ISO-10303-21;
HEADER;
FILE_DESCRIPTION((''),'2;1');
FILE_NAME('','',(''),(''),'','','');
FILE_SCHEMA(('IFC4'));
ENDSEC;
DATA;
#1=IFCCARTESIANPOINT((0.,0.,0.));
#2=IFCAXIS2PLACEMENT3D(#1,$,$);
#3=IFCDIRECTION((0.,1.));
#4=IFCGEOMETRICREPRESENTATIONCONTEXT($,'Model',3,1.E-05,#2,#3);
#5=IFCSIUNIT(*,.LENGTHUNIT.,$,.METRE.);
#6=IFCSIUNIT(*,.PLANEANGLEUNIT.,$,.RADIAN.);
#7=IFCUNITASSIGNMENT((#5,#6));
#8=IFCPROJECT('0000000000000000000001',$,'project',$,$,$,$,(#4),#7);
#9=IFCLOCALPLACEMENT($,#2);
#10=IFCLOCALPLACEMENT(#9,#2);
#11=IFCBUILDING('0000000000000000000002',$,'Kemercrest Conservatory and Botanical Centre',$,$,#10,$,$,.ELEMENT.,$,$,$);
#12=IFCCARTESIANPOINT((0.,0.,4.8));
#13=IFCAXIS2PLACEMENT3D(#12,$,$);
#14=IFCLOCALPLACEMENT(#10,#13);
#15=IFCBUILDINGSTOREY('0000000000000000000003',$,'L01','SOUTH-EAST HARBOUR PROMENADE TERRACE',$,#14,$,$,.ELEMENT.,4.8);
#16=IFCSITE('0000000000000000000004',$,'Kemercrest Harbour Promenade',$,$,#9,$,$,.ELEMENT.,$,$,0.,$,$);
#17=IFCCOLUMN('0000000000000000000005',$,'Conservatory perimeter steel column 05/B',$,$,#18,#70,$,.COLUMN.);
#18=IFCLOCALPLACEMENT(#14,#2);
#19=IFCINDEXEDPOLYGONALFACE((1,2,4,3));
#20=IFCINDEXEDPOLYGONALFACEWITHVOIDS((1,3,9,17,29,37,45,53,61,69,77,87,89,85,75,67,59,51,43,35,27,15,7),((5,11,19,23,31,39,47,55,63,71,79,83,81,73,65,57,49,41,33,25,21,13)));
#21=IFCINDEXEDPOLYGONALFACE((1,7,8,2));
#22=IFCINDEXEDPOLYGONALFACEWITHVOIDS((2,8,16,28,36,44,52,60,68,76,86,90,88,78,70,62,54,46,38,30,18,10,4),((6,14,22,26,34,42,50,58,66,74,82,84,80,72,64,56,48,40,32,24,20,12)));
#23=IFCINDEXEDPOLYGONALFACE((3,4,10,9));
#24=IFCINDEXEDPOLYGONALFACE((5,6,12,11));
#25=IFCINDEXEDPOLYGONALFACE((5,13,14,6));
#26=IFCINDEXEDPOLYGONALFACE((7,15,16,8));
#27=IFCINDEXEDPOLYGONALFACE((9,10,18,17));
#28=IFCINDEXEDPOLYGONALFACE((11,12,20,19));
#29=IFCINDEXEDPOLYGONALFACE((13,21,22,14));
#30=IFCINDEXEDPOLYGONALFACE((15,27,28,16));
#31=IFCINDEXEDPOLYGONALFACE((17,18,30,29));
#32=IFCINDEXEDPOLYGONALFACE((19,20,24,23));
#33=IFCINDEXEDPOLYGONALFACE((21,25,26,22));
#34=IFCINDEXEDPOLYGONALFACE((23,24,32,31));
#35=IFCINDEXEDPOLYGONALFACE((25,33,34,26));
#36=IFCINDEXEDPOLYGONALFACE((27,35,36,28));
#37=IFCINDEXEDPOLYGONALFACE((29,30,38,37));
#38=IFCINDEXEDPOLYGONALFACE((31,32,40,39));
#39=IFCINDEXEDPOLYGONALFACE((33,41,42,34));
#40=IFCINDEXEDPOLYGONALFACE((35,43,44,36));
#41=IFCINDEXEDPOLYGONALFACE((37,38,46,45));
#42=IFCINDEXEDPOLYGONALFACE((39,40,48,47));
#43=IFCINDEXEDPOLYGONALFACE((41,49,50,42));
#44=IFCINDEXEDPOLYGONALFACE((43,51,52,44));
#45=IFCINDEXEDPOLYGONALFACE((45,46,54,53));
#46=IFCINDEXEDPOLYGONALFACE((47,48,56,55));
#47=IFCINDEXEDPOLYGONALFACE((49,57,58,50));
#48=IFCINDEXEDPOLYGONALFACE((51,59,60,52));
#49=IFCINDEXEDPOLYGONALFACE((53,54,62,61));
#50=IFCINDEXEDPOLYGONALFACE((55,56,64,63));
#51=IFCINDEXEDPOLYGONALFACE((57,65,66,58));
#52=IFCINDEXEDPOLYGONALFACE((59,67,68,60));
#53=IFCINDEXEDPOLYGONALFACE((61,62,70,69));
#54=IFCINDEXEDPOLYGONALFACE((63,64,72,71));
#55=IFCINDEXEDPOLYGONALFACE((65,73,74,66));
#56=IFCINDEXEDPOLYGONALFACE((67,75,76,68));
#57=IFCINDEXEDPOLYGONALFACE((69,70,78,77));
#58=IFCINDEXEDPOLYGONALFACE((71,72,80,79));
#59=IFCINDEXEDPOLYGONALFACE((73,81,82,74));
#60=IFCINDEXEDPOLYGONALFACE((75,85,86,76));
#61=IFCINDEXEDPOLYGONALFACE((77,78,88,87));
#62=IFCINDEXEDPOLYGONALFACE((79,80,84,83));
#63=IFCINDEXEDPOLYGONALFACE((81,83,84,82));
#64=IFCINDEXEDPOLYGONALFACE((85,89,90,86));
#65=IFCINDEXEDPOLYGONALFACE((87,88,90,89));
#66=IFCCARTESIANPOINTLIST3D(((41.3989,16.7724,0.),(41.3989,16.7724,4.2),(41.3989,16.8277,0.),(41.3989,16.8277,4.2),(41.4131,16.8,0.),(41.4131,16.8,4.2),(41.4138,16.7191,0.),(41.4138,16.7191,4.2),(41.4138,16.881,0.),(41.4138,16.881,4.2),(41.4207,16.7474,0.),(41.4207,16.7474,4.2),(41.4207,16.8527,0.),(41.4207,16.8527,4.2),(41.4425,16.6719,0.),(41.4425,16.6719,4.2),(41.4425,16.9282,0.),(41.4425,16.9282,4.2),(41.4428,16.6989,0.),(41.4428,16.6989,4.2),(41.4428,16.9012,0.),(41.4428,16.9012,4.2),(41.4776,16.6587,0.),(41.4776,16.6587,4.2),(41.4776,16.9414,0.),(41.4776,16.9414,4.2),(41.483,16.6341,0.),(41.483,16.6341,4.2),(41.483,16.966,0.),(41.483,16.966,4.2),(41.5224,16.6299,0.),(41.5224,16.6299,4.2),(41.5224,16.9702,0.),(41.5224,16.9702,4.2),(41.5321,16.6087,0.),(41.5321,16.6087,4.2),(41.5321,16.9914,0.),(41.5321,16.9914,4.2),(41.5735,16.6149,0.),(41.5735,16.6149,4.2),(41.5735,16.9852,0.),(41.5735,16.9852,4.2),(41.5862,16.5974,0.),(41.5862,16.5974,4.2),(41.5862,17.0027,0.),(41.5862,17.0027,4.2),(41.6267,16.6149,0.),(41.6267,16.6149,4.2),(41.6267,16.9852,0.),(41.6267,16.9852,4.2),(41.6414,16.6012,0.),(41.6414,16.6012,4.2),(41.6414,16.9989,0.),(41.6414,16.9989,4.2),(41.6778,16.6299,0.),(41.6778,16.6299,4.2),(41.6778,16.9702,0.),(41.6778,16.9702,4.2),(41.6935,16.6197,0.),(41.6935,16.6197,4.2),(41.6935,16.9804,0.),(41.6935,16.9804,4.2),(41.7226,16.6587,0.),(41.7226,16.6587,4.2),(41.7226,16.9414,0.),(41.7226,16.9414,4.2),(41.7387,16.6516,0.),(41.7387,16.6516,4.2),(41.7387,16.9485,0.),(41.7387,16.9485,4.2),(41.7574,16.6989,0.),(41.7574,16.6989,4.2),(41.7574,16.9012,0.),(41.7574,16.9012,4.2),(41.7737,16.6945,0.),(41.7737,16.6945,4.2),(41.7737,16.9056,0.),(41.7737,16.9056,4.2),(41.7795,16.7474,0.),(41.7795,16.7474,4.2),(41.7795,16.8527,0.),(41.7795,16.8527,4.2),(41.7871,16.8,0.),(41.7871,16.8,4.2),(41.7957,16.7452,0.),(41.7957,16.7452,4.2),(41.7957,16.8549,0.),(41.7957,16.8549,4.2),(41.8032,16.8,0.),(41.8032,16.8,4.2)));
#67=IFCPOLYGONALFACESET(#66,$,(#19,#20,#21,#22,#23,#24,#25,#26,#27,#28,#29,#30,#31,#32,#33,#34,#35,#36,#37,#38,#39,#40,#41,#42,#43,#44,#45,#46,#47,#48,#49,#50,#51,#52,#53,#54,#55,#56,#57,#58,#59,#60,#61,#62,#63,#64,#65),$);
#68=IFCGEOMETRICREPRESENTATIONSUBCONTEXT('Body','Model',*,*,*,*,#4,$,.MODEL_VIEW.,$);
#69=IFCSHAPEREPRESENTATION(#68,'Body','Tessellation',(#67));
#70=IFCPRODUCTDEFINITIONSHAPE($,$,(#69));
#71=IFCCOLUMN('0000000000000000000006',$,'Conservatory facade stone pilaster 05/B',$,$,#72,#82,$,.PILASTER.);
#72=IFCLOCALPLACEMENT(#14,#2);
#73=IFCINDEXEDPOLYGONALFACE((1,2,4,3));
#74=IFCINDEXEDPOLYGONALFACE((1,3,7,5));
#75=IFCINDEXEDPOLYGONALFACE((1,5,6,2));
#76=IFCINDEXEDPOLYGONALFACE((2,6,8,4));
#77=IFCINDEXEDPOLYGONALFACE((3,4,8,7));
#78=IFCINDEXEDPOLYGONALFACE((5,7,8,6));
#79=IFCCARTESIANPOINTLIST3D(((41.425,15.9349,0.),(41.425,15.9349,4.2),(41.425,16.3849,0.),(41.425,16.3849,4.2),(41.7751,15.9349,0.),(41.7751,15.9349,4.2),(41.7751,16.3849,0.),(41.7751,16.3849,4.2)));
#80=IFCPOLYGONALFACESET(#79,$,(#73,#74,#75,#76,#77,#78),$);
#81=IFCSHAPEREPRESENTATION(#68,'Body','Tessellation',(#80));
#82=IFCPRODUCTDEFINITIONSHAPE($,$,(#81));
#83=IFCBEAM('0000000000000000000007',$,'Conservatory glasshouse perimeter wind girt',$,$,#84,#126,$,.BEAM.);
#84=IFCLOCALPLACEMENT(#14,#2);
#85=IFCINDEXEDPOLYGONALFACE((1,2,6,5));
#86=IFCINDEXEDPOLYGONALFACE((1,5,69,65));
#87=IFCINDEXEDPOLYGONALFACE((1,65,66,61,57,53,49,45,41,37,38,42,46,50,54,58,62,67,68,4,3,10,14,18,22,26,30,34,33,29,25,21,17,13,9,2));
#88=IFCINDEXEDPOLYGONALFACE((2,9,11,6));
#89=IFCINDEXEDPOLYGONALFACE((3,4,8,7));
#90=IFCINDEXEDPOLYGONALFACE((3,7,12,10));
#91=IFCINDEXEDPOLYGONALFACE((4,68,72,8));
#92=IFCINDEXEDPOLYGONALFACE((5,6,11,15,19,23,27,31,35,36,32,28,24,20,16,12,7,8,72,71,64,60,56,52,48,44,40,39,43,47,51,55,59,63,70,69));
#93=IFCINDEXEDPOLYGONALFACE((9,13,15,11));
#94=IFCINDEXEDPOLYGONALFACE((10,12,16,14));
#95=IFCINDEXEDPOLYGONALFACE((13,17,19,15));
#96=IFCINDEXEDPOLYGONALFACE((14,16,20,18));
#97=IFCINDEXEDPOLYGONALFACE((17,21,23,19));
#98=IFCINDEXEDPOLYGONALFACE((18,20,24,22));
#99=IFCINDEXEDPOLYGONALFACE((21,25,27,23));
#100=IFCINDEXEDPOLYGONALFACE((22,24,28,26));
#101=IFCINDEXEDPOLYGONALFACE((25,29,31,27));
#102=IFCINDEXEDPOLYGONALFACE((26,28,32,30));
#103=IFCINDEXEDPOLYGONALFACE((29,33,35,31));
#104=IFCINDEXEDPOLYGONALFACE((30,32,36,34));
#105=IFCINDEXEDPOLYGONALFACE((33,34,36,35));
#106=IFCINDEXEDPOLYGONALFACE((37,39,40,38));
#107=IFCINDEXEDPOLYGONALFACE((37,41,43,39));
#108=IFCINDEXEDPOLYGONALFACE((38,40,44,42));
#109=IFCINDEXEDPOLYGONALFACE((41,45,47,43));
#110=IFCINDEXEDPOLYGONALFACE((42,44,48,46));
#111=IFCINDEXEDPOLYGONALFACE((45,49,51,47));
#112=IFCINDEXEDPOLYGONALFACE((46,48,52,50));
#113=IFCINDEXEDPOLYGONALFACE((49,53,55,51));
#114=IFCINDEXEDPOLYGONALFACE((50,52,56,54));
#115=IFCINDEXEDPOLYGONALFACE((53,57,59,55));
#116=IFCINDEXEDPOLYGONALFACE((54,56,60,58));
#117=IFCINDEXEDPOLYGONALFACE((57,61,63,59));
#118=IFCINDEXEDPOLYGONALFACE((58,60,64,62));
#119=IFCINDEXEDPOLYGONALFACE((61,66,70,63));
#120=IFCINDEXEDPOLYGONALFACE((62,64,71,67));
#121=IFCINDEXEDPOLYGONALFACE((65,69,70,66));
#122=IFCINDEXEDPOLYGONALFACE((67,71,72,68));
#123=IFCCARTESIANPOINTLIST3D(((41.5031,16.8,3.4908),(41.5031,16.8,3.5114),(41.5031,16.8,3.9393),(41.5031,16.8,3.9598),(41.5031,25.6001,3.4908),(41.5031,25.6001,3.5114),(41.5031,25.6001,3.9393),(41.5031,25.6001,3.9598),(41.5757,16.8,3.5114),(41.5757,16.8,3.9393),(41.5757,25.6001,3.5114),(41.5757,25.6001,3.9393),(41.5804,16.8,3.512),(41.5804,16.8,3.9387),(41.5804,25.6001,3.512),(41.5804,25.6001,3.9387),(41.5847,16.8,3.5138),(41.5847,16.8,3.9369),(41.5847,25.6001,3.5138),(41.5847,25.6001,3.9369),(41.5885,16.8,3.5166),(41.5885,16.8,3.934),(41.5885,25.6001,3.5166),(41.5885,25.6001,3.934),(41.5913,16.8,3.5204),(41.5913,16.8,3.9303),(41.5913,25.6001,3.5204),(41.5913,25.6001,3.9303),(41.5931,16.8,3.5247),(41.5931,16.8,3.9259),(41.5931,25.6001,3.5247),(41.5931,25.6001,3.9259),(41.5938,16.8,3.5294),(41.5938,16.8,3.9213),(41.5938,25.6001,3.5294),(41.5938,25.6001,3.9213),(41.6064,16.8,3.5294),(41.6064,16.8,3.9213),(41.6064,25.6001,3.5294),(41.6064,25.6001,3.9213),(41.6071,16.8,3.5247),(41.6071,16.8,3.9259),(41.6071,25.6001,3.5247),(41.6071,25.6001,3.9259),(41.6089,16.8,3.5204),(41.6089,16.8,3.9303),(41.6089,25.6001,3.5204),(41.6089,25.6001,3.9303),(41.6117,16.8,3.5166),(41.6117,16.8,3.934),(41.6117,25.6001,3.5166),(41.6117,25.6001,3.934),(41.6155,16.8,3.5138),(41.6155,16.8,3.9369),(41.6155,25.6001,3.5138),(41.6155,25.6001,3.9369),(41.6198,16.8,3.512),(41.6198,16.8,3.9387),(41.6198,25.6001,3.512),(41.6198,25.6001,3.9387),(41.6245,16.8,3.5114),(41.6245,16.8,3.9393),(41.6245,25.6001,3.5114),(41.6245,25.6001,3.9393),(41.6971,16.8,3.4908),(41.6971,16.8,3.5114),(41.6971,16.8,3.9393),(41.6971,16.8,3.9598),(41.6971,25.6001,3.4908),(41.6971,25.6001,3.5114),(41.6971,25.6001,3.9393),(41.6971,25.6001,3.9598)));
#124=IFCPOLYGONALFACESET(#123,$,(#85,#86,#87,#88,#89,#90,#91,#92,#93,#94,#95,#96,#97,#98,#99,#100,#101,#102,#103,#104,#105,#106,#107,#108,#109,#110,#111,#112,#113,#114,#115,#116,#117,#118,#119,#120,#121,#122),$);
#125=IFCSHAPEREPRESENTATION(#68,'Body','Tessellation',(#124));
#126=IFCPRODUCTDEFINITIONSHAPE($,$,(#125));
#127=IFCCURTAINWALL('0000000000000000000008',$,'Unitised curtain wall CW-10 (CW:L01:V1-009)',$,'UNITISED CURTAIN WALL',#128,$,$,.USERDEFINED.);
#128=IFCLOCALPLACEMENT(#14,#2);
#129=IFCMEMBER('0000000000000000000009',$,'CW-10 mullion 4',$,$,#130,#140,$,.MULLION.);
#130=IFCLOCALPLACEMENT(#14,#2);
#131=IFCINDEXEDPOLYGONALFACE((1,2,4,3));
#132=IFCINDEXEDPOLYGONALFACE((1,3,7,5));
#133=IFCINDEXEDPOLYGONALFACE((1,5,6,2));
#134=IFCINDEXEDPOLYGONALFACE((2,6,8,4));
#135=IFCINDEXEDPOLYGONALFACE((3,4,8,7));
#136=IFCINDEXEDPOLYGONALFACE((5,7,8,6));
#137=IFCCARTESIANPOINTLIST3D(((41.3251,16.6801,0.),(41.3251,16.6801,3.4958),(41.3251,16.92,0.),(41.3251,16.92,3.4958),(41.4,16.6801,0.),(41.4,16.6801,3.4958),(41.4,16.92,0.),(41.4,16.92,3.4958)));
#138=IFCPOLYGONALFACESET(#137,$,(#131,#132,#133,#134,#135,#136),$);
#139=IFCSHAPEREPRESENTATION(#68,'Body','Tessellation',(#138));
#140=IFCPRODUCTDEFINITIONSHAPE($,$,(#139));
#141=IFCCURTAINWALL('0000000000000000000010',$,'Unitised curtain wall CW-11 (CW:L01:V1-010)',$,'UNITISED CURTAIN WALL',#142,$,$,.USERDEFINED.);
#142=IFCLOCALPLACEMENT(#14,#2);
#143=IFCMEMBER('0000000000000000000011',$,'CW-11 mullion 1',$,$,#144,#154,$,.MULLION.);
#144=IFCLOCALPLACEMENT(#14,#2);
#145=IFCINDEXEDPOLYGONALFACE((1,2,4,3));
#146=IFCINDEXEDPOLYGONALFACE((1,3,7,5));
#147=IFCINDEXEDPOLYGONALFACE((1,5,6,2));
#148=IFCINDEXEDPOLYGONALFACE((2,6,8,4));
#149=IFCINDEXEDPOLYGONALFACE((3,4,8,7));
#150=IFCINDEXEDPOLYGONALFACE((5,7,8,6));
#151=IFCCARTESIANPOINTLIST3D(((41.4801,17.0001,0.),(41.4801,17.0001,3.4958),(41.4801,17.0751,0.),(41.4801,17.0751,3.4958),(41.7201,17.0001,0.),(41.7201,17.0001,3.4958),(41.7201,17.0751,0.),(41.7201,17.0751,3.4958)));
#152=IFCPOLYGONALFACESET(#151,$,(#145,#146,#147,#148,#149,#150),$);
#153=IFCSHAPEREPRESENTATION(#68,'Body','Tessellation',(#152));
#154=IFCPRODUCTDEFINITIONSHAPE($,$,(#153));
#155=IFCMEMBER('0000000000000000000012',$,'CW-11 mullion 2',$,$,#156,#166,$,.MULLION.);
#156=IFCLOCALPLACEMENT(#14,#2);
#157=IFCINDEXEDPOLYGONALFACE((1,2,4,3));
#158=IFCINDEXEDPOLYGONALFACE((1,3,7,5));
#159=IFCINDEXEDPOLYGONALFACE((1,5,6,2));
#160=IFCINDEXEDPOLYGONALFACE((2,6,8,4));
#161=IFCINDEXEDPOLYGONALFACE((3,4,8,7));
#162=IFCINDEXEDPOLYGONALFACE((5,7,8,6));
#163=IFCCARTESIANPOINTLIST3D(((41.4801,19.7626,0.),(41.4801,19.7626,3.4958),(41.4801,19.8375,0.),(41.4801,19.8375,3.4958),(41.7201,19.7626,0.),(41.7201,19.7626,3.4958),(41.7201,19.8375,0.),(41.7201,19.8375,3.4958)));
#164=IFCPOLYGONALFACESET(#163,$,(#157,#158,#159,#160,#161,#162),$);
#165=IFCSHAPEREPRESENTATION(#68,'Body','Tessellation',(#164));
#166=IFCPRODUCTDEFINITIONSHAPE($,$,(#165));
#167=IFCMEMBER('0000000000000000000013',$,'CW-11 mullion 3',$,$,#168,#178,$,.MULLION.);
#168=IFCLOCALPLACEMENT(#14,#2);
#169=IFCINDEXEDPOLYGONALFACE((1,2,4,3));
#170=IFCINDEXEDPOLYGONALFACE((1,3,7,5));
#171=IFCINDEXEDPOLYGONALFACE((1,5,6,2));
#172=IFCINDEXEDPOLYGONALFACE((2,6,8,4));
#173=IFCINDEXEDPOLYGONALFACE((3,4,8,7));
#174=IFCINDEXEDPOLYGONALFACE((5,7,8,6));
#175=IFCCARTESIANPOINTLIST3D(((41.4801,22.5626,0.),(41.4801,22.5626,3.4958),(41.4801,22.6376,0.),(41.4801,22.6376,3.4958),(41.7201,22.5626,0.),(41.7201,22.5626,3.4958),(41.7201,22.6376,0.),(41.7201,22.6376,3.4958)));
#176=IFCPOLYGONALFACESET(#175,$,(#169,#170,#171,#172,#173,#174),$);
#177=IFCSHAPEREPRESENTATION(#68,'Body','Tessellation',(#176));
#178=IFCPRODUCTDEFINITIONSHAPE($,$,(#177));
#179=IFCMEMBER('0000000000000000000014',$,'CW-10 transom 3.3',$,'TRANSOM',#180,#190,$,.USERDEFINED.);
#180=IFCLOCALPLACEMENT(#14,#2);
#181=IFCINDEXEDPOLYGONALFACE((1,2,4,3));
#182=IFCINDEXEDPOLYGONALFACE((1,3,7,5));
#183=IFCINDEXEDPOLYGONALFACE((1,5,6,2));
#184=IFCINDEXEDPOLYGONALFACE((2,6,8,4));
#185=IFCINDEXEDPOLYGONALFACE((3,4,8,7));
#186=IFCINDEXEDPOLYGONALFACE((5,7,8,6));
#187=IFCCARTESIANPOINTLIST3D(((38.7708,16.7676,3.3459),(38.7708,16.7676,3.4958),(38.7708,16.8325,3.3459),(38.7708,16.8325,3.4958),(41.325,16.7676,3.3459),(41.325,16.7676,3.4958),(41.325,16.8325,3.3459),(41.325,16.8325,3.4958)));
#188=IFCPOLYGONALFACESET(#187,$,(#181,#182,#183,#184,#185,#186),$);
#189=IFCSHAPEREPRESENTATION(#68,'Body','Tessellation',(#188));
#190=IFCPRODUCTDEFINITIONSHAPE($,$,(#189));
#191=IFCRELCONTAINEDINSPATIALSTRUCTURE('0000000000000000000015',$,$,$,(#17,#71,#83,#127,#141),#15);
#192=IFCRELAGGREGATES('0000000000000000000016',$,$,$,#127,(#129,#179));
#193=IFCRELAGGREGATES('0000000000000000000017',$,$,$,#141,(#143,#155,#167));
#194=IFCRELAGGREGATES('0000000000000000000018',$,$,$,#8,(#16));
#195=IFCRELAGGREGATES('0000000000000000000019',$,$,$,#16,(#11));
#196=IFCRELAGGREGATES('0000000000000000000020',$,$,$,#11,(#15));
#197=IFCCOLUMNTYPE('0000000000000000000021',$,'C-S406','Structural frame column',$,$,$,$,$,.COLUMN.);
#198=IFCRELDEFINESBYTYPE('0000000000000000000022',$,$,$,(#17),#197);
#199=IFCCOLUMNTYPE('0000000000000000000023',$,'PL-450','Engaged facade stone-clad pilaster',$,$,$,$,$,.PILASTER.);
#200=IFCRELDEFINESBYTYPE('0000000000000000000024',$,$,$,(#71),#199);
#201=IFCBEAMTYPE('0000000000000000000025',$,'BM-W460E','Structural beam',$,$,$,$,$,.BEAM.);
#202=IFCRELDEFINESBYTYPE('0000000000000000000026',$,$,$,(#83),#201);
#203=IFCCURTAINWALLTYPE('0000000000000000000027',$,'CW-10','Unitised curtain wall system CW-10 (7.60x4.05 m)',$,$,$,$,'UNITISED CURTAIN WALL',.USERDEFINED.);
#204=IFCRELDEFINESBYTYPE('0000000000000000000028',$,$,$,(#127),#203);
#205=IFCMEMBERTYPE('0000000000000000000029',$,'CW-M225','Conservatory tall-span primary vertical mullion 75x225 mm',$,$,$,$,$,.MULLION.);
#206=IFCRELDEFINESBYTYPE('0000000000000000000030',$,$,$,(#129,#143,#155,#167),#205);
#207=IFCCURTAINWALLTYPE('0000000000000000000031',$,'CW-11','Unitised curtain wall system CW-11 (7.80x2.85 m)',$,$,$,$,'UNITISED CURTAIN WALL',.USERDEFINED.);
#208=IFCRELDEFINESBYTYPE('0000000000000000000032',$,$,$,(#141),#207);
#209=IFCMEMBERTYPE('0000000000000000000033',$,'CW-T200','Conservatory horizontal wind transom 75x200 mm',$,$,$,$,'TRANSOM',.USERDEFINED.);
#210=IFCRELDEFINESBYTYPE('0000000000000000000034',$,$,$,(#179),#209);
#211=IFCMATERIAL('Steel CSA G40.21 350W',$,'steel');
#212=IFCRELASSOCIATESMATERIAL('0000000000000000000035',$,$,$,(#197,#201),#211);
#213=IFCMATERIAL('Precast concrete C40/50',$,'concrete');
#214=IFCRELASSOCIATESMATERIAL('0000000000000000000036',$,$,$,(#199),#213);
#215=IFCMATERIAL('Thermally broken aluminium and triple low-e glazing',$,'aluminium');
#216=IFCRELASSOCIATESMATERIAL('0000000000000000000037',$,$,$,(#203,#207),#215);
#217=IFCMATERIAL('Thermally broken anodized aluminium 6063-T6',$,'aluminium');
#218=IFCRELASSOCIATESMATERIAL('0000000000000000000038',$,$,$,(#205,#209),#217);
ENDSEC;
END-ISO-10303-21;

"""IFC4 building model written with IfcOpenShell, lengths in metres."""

from ifc_helpers import new_model, si_unit, direction, frame, origin, origin_2d, place, context, subcontext, project, spatial, rectangle, hollow_circle, i_section, extrude, material, material_profile, profile_set, type_object, element, aggregate, save


model = new_model("IFC4")

# Units and contexts
model_context = context("Model", 3, precision=1e-05, world=origin(), true_north=direction((0.0, 1.0)))
body_context = subcontext(model_context, "Body", "Model", "MODEL_VIEW")
ifc_project = project(units=[si_unit("LENGTHUNIT", "METRE"), si_unit("PLANEANGLEUNIT", "RADIAN")], contexts=[model_context])

# Site, building, storey
site_placement = place(None, origin())
site = spatial("IfcSite", under=ifc_project, at=site_placement, Name="Kemercrest Harbour Promenade", CompositionType="ELEMENT", RefElevation=0.0)
building_placement = place(site_placement, origin())
building = spatial("IfcBuilding", under=site, at=building_placement, Name="Kemercrest Conservatory and Botanical Centre", CompositionType="ELEMENT")
storey_placement = place(building_placement, frame((0.0, 0.0, 4.8)))
storey = spatial("IfcBuildingStorey", under=building, at=storey_placement, Name="L01", Description="SOUTH-EAST HARBOUR PROMENADE TERRACE", CompositionType="ELEMENT", Elevation=4.8)

# Columns
ifc_material_1 = material(Name="Steel CSA G40.21 350W", Category="steel")
ifc_material_profile_1 = material_profile(ifc_material_1, hollow_circle(Radius=0.2031, WallThickness=0.0161, at=origin_2d()), Name="CHS 406.4x16.0")
ifc_profile_set_1 = profile_set([ifc_material_profile_1], Name="Steel CSA G40.21 350W")
column_type_1 = type_object("IfcColumnType", Name="C-S406", Description="Structural frame column", PredefinedType="COLUMN", material=ifc_profile_set_1)
column_1_placement = place(storey_placement, frame((41.6001, 16.8, 0.0), z_axis=(0.0, 0.0, 1.0), x_axis=(1.0, 0.0, 0.0)))
element("IfcColumn", 1, at=column_1_placement, inside=storey, type_object=column_type_1, Name="Conservatory perimeter steel column 05/B", PredefinedType="COLUMN", context=body_context, shape_type="SweptSolid", body=[
    extrude(hollow_circle(Radius=0.2031, WallThickness=0.0161, at=origin_2d()), origin(), (0.0, 0.0, 1.0), 4.2),
])
ifc_material_2 = material(Name="Precast concrete C40/50", Category="concrete")
ifc_material_profile_2 = material_profile(ifc_material_2, rectangle(XDim=0.3501, YDim=0.45, at=origin_2d()), Name="RC 450x350")
ifc_profile_set_2 = profile_set([ifc_material_profile_2], Name="Precast concrete C40/50")
column_type_2 = type_object("IfcColumnType", Name="PL-450", Description="Engaged facade stone-clad pilaster", PredefinedType="PILASTER", material=ifc_profile_set_2)
column_2_placement = place(storey_placement, frame((41.6001, 16.1599, 0.0), z_axis=(0.0, 0.0, 1.0), x_axis=(1.0, 0.0, 0.0)))
element("IfcColumn", 2, at=column_2_placement, inside=storey, type_object=column_type_2, Name="Conservatory facade stone pilaster 05/B", PredefinedType="PILASTER", context=body_context, shape_type="SweptSolid", body=[
    extrude(rectangle(XDim=0.3501, YDim=0.45, at=origin_2d()), origin(), (0.0, 0.0, 1.0), 4.2),
])

# Beam
ifc_material_profile_3 = material_profile(ifc_material_1, i_section(OverallWidth=0.1941, OverallDepth=0.469, WebThickness=0.0127, FlangeThickness=0.0205, FilletRadius=0.0181, at=origin_2d()), Name="W460X106")
ifc_profile_set_3 = profile_set([ifc_material_profile_3], Name="Steel CSA G40.21 350W")
beam_type = type_object("IfcBeamType", Name="BM-W460E", Description="Structural beam", PredefinedType="BEAM", material=ifc_profile_set_3)
beam_placement = place(storey_placement, frame((41.6001, 16.8, 3.7253), z_axis=(0.0, 1.0, 0.0), x_axis=(-1.0, 0.0, 0.0)))
element("IfcBeam", 3, at=beam_placement, inside=storey, type_object=beam_type, Name="Conservatory glasshouse perimeter wind girt", PredefinedType="BEAM", context=body_context, shape_type="SweptSolid", body=[
    extrude(i_section(OverallWidth=0.1941, OverallDepth=0.469, WebThickness=0.0127, FlangeThickness=0.0205, FilletRadius=0.0181, at=origin_2d()), origin(), (0.0, 0.0, 1.0), 8.8),
])

# Curtain wall, member
ifc_material_3 = material(Name="Thermally broken aluminium and triple low-e glazing", Category="aluminium")
curtain_wall_type_1 = type_object("IfcCurtainWallType", Name="CW-10", Description="Unitised curtain wall system CW-10 (7.60x4.05 m)", ElementType="UNITISED CURTAIN WALL", PredefinedType="USERDEFINED", material=ifc_material_3)
curtain_wall_1_placement = place(storey_placement, origin())
curtain_wall_1 = element("IfcCurtainWall", 4, at=curtain_wall_1_placement, inside=storey, type_object=curtain_wall_type_1, Name="Unitised curtain wall CW-10 (CW:L01:V1-009)", ObjectType="UNITISED CURTAIN WALL", PredefinedType="USERDEFINED")
ifc_material_4 = material(Name="Thermally broken anodized aluminium 6063-T6", Category="aluminium")
ifc_material_profile_4 = material_profile(ifc_material_4, rectangle(XDim=0.24, YDim=0.075, at=origin_2d()), Name="AL MULLION 75x240")
ifc_profile_set_4 = profile_set([ifc_material_profile_4], Name="Thermally broken anodized aluminium 6063-T6")
member_type_1 = type_object("IfcMemberType", Name="CW-M225", Description="Conservatory tall-span primary vertical mullion 75x225 mm", PredefinedType="MULLION", material=ifc_profile_set_4)
member_1_placement = place(storey_placement, frame((41.3625, 16.8, 0.0), z_axis=(0.0, 0.0, 1.0), x_axis=(0.0, 1.0, 0.0)))
member_1 = element("IfcMember", 5, at=member_1_placement, type_object=member_type_1, Name="CW-10 mullion 4", PredefinedType="MULLION", context=body_context, shape_type="SweptSolid", body=[
    extrude(rectangle(XDim=0.24, YDim=0.075, at=origin_2d()), origin(), (0.0, 0.0, 1.0), 3.4958),
])

# Curtain wall, members
curtain_wall_type_2 = type_object("IfcCurtainWallType", Name="CW-11", Description="Unitised curtain wall system CW-11 (7.80x2.85 m)", ElementType="UNITISED CURTAIN WALL", PredefinedType="USERDEFINED", material=ifc_material_3)
curtain_wall_2_placement = place(storey_placement, origin())
curtain_wall_2 = element("IfcCurtainWall", 6, at=curtain_wall_2_placement, inside=storey, type_object=curtain_wall_type_2, Name="Unitised curtain wall CW-11 (CW:L01:V1-010)", ObjectType="UNITISED CURTAIN WALL", PredefinedType="USERDEFINED")
member_2_placement = place(storey_placement, frame((41.6001, 17.0376, 0.0), z_axis=(0.0, 0.0, 1.0), x_axis=(-1.0, 0.0, 0.0)))
member_2 = element("IfcMember", 7, at=member_2_placement, type_object=member_type_1, Name="CW-11 mullion 1", PredefinedType="MULLION", context=body_context, shape_type="SweptSolid", body=[
    extrude(rectangle(XDim=0.24, YDim=0.075, at=origin_2d()), origin(), (0.0, 0.0, 1.0), 3.4958),
])
member_3_placement = place(storey_placement, frame((41.6001, 19.8, 0.0), z_axis=(0.0, 0.0, 1.0), x_axis=(-1.0, 0.0, 0.0)))
member_3 = element("IfcMember", 8, at=member_3_placement, type_object=member_type_1, Name="CW-11 mullion 2", PredefinedType="MULLION", context=body_context, shape_type="SweptSolid", body=[
    extrude(rectangle(XDim=0.24, YDim=0.075, at=origin_2d()), origin(), (0.0, 0.0, 1.0), 3.4958),
])
member_4_placement = place(storey_placement, frame((41.6001, 22.6001, 0.0), z_axis=(0.0, 0.0, 1.0), x_axis=(-1.0, 0.0, 0.0)))
member_4 = element("IfcMember", 9, at=member_4_placement, type_object=member_type_1, Name="CW-11 mullion 3", PredefinedType="MULLION", context=body_context, shape_type="SweptSolid", body=[
    extrude(rectangle(XDim=0.24, YDim=0.075, at=origin_2d()), origin(), (0.0, 0.0, 1.0), 3.4958),
])

# Member
ifc_material_profile_5 = material_profile(ifc_material_4, rectangle(XDim=0.0649, YDim=0.1499, at=origin_2d()), Name="AL TRANSOM 65x150")
ifc_profile_set_5 = profile_set([ifc_material_profile_5], Name="Thermally broken anodized aluminium 6063-T6")
member_type_2 = type_object("IfcMemberType", Name="CW-T200", Description="Conservatory horizontal wind transom 75x200 mm", ElementType="TRANSOM", PredefinedType="USERDEFINED", material=ifc_profile_set_5)
member_5_placement = place(storey_placement, frame((38.7708, 16.8, 3.4209), z_axis=(1.0, 0.0, 0.0), x_axis=(0.0, 1.0, 0.0)))
member_5 = element("IfcMember", 10, at=member_5_placement, type_object=member_type_2, Name="CW-10 transom 3.3", ObjectType="TRANSOM", PredefinedType="USERDEFINED", context=body_context, shape_type="SweptSolid", body=[
    extrude(rectangle(XDim=0.0649, YDim=0.1499, at=origin_2d()), origin(), (0.0, 0.0, 1.0), 2.5542),
])

aggregate(curtain_wall_1, [member_1, member_5])
aggregate(curtain_wall_2, [member_2, member_3, member_4])

save(model, "model.ifc")
